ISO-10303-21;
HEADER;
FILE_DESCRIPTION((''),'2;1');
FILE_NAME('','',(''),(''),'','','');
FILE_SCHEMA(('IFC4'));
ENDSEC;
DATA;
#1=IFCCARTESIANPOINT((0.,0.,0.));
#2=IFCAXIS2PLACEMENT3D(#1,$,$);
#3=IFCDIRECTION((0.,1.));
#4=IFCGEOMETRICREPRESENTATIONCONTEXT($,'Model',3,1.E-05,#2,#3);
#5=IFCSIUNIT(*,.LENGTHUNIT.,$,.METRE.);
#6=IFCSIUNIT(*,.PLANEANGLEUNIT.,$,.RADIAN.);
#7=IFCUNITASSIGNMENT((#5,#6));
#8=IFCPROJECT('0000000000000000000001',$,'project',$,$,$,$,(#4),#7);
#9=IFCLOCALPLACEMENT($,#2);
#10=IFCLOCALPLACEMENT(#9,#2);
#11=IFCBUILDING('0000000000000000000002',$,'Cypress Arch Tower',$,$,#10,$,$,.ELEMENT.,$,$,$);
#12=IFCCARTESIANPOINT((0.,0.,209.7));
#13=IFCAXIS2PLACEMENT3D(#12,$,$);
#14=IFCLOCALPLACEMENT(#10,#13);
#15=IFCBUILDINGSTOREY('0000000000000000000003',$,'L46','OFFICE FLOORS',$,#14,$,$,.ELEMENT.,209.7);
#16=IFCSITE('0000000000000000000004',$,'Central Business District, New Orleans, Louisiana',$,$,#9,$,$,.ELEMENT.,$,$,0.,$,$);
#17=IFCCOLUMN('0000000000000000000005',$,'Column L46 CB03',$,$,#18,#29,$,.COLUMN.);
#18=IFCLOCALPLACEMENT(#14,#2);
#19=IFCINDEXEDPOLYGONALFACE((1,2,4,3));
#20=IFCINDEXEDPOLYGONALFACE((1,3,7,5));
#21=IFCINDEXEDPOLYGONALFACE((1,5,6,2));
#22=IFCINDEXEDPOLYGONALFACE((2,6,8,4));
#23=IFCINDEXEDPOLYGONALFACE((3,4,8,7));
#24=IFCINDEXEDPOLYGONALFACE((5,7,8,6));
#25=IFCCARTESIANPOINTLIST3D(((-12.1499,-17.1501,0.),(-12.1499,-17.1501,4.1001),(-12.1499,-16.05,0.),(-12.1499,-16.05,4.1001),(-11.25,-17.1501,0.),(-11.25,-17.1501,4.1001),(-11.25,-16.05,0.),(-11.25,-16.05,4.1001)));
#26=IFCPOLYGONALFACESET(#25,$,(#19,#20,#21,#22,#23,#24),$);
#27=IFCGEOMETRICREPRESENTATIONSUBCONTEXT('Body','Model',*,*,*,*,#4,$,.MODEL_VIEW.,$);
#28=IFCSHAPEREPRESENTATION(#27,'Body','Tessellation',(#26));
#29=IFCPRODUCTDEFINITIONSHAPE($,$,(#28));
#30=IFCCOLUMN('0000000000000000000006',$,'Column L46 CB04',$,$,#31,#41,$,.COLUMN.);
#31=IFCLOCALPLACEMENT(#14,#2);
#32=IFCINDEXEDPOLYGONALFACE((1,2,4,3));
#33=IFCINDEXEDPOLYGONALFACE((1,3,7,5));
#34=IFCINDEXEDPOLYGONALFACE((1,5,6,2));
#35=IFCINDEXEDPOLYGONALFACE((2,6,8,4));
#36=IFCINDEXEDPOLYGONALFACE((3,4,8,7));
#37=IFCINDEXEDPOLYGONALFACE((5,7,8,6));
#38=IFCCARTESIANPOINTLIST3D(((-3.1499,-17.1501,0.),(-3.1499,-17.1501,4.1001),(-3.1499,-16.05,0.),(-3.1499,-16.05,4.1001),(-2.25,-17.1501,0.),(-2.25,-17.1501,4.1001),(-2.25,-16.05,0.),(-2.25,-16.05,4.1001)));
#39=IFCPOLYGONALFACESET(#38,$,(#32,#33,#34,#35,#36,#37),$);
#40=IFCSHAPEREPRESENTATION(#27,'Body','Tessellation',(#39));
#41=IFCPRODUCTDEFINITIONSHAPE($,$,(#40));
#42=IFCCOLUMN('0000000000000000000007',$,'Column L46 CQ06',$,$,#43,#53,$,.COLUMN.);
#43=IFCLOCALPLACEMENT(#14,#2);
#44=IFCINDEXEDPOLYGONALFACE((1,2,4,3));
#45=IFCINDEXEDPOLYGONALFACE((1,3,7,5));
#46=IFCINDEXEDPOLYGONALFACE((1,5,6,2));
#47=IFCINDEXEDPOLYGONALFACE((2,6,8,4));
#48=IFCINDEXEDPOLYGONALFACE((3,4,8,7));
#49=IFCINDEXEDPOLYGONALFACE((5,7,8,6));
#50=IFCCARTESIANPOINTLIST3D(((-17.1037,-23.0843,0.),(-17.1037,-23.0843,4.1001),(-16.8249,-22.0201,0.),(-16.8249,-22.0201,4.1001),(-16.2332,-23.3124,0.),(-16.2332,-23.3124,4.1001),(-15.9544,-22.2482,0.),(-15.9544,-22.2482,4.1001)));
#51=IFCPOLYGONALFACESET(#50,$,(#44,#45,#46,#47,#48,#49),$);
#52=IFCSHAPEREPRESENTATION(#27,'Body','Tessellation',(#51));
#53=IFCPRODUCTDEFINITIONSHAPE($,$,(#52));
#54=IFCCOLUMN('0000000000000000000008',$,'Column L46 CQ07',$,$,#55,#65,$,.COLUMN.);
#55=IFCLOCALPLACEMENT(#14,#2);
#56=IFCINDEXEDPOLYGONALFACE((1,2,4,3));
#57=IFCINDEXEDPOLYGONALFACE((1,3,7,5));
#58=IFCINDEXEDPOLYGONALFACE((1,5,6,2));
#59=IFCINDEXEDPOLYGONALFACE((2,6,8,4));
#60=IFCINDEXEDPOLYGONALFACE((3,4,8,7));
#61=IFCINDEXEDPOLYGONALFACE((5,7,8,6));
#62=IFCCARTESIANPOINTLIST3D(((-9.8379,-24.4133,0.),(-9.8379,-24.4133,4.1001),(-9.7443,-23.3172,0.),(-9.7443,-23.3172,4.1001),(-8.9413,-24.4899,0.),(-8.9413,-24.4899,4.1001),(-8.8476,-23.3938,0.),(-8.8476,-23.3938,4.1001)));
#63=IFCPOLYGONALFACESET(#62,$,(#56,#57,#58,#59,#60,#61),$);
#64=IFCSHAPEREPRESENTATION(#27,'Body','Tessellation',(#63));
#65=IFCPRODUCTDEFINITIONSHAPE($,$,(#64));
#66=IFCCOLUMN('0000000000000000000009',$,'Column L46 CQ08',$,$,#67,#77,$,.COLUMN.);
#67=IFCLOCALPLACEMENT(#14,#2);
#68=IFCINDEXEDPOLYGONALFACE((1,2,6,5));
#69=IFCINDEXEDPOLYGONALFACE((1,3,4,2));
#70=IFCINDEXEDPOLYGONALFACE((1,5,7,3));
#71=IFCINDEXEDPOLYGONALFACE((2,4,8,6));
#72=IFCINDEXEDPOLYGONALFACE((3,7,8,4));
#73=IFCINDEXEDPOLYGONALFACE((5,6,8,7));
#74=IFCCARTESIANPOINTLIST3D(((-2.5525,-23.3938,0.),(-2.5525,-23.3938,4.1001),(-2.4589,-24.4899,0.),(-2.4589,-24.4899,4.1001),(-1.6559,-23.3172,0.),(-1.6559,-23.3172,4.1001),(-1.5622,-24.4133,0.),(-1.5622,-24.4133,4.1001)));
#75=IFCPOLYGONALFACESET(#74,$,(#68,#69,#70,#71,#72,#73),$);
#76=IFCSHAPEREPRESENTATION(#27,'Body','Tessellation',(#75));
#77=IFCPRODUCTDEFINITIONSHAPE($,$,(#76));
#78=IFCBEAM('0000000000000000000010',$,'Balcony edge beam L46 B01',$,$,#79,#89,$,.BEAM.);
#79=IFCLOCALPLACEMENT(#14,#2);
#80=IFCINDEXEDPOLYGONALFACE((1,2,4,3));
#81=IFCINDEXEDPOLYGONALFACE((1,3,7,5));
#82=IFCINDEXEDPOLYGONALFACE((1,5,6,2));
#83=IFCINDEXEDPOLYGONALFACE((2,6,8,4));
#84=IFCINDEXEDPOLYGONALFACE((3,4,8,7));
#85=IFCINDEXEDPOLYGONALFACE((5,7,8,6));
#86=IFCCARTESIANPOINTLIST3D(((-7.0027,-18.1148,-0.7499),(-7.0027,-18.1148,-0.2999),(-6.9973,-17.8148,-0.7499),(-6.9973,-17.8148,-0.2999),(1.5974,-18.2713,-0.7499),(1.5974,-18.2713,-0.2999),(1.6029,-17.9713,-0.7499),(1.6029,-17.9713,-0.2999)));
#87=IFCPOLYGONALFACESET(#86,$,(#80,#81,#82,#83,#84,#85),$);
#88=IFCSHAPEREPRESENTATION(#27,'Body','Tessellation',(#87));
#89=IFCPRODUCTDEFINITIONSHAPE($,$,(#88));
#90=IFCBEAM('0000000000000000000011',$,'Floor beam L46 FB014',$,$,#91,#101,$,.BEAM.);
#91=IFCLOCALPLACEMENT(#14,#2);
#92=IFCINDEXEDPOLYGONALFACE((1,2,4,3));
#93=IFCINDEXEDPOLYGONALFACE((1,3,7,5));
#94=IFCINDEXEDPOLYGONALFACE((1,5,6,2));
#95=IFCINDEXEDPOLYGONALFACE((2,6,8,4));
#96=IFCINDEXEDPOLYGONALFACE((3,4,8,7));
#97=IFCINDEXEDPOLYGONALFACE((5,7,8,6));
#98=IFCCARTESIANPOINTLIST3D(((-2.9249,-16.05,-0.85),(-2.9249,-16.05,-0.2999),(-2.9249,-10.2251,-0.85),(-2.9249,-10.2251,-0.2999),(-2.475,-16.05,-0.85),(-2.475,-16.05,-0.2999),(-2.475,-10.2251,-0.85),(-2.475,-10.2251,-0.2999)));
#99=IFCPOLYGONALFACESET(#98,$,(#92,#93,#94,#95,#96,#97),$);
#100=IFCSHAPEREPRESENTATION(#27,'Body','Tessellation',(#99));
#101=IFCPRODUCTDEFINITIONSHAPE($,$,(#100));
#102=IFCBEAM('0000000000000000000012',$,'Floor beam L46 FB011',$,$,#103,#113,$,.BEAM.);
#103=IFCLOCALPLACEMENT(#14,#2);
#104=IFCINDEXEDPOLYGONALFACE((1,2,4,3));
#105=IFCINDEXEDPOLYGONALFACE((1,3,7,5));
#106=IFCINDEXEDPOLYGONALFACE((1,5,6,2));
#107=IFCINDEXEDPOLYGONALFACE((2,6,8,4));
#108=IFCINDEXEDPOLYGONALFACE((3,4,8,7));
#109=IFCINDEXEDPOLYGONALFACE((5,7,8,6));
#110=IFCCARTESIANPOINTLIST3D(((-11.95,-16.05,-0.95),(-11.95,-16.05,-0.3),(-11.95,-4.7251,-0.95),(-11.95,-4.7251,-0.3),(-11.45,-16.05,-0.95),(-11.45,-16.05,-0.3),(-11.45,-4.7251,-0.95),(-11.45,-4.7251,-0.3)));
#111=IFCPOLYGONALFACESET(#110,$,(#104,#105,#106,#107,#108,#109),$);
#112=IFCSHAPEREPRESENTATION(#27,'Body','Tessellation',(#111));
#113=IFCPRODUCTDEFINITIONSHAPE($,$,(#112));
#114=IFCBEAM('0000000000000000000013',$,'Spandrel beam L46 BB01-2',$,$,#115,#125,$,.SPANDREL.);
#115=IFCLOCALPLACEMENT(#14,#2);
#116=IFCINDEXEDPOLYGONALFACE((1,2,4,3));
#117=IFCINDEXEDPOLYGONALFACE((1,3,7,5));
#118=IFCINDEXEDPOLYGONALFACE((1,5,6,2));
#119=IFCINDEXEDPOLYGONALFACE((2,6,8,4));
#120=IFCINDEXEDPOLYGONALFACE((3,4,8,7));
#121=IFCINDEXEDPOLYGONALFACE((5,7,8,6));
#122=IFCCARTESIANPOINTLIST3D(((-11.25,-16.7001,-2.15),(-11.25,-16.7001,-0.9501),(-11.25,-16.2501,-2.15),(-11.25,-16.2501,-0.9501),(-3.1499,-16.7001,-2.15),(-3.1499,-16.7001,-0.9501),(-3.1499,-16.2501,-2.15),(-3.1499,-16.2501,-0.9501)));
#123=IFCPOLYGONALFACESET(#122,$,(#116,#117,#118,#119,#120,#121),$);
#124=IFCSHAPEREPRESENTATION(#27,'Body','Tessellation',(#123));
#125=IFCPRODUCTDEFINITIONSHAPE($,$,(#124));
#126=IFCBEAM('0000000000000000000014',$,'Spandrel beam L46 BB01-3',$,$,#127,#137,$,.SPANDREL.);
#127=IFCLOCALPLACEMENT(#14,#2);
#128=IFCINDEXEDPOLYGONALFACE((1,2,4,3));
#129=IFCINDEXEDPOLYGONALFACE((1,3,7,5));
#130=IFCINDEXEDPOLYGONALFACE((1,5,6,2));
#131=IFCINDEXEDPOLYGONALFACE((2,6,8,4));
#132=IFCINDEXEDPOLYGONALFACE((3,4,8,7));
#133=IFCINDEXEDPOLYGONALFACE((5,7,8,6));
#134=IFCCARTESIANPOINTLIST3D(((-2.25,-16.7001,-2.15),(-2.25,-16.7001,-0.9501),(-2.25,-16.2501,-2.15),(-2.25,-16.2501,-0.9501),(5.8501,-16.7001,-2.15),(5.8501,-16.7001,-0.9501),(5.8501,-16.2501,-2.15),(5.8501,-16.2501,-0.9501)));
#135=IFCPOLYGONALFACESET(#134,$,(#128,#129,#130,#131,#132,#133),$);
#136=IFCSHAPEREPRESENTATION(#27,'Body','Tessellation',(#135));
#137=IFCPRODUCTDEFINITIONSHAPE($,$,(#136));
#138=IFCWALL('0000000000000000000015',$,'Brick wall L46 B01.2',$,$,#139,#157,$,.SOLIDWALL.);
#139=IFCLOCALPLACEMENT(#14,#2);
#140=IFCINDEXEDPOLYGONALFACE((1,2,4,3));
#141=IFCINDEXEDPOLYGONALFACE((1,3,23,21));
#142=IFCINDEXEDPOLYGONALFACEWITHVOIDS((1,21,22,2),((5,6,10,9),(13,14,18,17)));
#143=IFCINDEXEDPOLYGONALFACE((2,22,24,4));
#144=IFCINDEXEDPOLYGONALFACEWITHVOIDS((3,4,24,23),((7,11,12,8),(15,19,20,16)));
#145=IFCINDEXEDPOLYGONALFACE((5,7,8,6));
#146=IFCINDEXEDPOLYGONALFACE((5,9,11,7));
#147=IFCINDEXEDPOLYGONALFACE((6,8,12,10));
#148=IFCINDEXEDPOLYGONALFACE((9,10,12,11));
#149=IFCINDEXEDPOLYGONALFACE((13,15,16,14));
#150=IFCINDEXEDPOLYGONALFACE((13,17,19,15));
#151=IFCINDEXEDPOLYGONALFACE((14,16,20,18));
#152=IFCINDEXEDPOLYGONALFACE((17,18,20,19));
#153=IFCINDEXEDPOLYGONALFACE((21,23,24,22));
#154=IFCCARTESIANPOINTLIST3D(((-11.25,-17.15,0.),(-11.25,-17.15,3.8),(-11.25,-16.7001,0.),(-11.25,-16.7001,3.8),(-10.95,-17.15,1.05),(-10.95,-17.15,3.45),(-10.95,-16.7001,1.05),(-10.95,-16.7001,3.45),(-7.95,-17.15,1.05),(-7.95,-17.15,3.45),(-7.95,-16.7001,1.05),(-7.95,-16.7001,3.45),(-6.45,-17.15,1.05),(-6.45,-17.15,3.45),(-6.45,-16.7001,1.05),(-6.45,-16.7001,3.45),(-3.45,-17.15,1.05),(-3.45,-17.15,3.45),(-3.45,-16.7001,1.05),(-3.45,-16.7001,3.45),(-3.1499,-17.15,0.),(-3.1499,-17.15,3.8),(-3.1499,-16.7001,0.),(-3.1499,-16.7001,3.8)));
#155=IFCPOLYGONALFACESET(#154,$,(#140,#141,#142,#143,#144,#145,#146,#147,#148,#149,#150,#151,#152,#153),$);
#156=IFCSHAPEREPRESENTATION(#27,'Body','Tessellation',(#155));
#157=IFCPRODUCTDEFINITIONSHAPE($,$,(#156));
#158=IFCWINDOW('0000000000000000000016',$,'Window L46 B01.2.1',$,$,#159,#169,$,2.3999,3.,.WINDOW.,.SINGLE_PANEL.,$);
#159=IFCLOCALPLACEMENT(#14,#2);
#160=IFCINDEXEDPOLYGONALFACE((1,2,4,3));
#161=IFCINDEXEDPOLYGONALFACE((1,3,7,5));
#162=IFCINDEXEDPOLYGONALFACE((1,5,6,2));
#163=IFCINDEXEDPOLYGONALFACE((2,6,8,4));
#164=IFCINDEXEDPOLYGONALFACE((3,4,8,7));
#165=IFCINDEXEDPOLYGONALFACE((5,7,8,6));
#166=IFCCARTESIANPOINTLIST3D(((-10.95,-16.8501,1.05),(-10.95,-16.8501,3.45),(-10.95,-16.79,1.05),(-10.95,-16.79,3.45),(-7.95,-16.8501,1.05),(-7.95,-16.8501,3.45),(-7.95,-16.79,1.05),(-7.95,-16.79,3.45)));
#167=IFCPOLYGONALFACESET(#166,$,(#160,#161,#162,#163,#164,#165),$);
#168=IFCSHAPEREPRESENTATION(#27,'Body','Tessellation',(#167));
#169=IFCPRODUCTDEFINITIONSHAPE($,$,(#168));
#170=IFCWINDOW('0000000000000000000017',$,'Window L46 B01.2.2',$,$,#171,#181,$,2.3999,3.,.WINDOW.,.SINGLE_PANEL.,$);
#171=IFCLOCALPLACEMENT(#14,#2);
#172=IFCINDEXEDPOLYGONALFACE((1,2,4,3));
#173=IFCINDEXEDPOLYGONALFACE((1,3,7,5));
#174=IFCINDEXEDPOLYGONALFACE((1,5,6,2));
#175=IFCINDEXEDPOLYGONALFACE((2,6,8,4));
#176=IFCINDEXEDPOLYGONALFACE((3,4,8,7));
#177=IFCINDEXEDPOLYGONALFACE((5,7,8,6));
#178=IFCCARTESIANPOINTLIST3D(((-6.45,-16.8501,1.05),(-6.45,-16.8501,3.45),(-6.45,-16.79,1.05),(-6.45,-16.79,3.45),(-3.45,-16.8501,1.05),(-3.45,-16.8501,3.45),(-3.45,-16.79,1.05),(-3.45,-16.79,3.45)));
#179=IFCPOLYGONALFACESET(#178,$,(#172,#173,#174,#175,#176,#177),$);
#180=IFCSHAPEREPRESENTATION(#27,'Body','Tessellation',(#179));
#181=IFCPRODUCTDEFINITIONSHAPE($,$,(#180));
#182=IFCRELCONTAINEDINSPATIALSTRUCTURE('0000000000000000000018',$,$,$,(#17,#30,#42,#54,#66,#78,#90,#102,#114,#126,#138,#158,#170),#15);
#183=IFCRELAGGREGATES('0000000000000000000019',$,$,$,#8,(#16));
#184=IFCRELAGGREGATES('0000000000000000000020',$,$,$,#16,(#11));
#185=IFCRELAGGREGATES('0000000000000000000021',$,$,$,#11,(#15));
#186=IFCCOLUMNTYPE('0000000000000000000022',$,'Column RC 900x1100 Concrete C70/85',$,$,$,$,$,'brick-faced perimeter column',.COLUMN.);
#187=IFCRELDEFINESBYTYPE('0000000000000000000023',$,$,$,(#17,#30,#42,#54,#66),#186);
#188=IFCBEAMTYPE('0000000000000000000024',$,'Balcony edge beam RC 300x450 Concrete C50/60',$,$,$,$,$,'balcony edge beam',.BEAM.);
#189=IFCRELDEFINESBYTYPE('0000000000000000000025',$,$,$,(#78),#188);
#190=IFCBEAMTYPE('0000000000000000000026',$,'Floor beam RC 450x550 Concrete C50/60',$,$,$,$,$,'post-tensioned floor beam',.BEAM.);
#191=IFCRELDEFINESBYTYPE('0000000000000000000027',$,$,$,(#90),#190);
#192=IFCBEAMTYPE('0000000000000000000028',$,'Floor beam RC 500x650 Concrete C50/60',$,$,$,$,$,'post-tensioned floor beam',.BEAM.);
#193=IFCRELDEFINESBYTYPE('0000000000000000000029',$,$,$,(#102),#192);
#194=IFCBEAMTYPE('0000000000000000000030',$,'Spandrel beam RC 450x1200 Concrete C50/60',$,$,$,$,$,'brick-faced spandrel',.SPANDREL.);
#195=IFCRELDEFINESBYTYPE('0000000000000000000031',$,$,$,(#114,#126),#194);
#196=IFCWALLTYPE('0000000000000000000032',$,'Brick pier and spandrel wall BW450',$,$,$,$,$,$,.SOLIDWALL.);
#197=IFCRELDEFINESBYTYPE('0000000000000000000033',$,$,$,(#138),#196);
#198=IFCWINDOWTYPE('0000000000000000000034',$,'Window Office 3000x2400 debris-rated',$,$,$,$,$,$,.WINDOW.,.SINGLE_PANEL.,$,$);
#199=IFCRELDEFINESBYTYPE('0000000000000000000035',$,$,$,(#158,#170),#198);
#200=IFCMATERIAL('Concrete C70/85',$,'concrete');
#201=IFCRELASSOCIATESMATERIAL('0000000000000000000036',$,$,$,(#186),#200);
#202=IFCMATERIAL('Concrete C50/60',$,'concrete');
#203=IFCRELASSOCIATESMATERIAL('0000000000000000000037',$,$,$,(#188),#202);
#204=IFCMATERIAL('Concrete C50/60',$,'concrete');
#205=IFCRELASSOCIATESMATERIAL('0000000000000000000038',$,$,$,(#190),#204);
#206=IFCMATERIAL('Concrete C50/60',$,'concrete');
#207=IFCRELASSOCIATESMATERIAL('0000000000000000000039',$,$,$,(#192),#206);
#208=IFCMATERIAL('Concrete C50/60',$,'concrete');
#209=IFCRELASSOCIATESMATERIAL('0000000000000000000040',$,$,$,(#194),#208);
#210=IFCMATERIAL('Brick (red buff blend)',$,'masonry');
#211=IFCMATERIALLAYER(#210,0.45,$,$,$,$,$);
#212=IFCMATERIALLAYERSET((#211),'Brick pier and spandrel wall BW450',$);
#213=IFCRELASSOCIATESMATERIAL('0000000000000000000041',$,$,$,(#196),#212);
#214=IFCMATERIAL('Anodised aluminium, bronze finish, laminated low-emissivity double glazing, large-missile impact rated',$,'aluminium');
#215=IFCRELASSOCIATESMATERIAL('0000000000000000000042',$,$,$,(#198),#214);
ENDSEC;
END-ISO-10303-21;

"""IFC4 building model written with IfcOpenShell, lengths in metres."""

from ifc_helpers import new_model, si_unit, direction, frame, frame_2d, origin, origin_2d, place, context, subcontext, project, spatial, rectangle, extrude, material, layer, layer_set, material_profile, profile_set, type_object, element, fill, save


model = new_model("IFC4")

# Units and contexts
model_context = context("Model", 3, precision=1e-05, world=origin(), true_north=direction((0.0, 1.0)))
body_context = subcontext(model_context, "Body", "Model", "MODEL_VIEW")
ifc_project = project(units=[si_unit("LENGTHUNIT", "METRE"), si_unit("PLANEANGLEUNIT", "RADIAN")], contexts=[model_context])

# Site, building, storey
site_placement = place(None, origin())
site = spatial("IfcSite", under=ifc_project, at=site_placement, Name="Central Business District, New Orleans, Louisiana", CompositionType="ELEMENT", RefElevation=0.0)
building_placement = place(site_placement, origin())
building = spatial("IfcBuilding", under=site, at=building_placement, Name="Cypress Arch Tower", CompositionType="ELEMENT")
storey_placement = place(building_placement, frame((0.0, 0.0, 209.7)))
storey = spatial("IfcBuildingStorey", under=building, at=storey_placement, Name="L46", Description="OFFICE FLOORS", CompositionType="ELEMENT", Elevation=209.7)

# Columns
ifc_material_1 = material(Name="Concrete C70/85", Category="concrete")
ifc_material_profile_1 = material_profile(ifc_material_1, rectangle(XDim=0.8999, YDim=1.1001, at=origin_2d()), Name="RC 900x1100")
ifc_profile_set_1 = profile_set([ifc_material_profile_1], Name="Concrete C70/85")
column_type = type_object("IfcColumnType", Name="Column RC 900x1100 Concrete C70/85", ElementType="brick-faced perimeter column", PredefinedType="COLUMN", material=ifc_profile_set_1)
for number, where, z_axis, x_axis, name in (
    (1, (-11.7, -16.6001, 0.0), (0.0, 0.0, 1.0), (1.0, 0.0, 0.0), "Column L46 CB03"),
    (2, (-2.7, -16.6001, 0.0), (0.0, 0.0, 1.0), (1.0, 0.0, 0.0), "Column L46 CB04"),
    (3, (-16.5291, -22.6663, 0.0), (0.0, 0.0, 1.0), (0.967356, -0.253422, 0.0), "Column L46 CQ06"),
    (4, (-9.3428, -23.9036, 0.0), (0.0, 0.0, 1.0), (0.996368, -0.085149, 0.0), "Column L46 CQ07"),
    (5, (-2.0574, -23.9036, 0.0), (0.0, 0.0, 1.0), (0.996368, 0.085149, 0.0), "Column L46 CQ08"),
):
    element("IfcColumn", number, at=place(storey_placement, frame(where, z_axis=z_axis, x_axis=x_axis)), inside=storey, type_object=column_type, Name=name, PredefinedType="COLUMN", context=body_context, shape_type="SweptSolid", body=[
        extrude(rectangle(XDim=0.8999, YDim=1.1001, at=origin_2d()), origin(), (0.0, 0.0, 1.0), 4.1001),
    ])

# Beams
ifc_material_2 = material(Name="Concrete C50/60", Category="concrete")
ifc_material_profile_2 = material_profile(ifc_material_2, rectangle(XDim=0.3, YDim=0.45, at=origin_2d()), Name="RC 300x450")
ifc_profile_set_2 = profile_set([ifc_material_profile_2], Name="Concrete C50/60")
beam_type_1 = type_object("IfcBeamType", Name="Balcony edge beam RC 300x450 Concrete C50/60", ElementType="balcony edge beam", PredefinedType="BEAM", material=ifc_profile_set_2)
beam_1_placement = place(storey_placement, frame((-7.0, -17.9648, -0.5249), z_axis=(0.999834, -0.018194, 0.0), x_axis=(0.018194, 0.999834, 0.0)))
element("IfcBeam", 6, at=beam_1_placement, inside=storey, type_object=beam_type_1, Name="Balcony edge beam L46 B01", PredefinedType="BEAM", context=body_context, shape_type="SweptSolid", body=[
    extrude(rectangle(XDim=0.3, YDim=0.45, at=origin_2d()), origin(), (0.0, 0.0, 1.0), 8.6016),
])
ifc_material_3 = material(Name="Concrete C50/60", Category="concrete")
ifc_material_profile_3 = material_profile(ifc_material_3, rectangle(XDim=0.45, YDim=0.55, at=origin_2d()), Name="RC 450x550")
ifc_profile_set_3 = profile_set([ifc_material_profile_3], Name="Concrete C50/60")
beam_type_2 = type_object("IfcBeamType", Name="Floor beam RC 450x550 Concrete C50/60", ElementType="post-tensioned floor beam", PredefinedType="BEAM", material=ifc_profile_set_3)
beam_2_placement = place(storey_placement, frame((-2.7, -16.05, -0.575), z_axis=(0.0, 1.0, 0.0), x_axis=(-1.0, 0.0, 0.0)))
element("IfcBeam", 7, at=beam_2_placement, inside=storey, type_object=beam_type_2, Name="Floor beam L46 FB014", PredefinedType="BEAM", context=body_context, shape_type="SweptSolid", body=[
    extrude(rectangle(XDim=0.45, YDim=0.55, at=origin_2d()), origin(), (0.0, 0.0, 1.0), 5.825),
])
ifc_material_4 = material(Name="Concrete C50/60", Category="concrete")
ifc_material_profile_4 = material_profile(ifc_material_4, rectangle(XDim=0.5, YDim=0.6499, at=origin_2d()), Name="RC 500x650")
ifc_profile_set_4 = profile_set([ifc_material_profile_4], Name="Concrete C50/60")
beam_type_3 = type_object("IfcBeamType", Name="Floor beam RC 500x650 Concrete C50/60", ElementType="post-tensioned floor beam", PredefinedType="BEAM", material=ifc_profile_set_4)
beam_3_placement = place(storey_placement, frame((-11.7, -16.05, -0.625), z_axis=(0.0, 1.0, 0.0), x_axis=(-1.0, 0.0, 0.0)))
element("IfcBeam", 8, at=beam_3_placement, inside=storey, type_object=beam_type_3, Name="Floor beam L46 FB011", PredefinedType="BEAM", context=body_context, shape_type="SweptSolid", body=[
    extrude(rectangle(XDim=0.5, YDim=0.6499, at=origin_2d()), origin(), (0.0, 0.0, 1.0), 11.325),
])
ifc_material_5 = material(Name="Concrete C50/60", Category="concrete")
ifc_material_profile_5 = material_profile(ifc_material_5, rectangle(XDim=0.45, YDim=1.2, at=origin_2d()), Name="RC 450x1200")
ifc_profile_set_5 = profile_set([ifc_material_profile_5], Name="Concrete C50/60")
beam_type_4 = type_object("IfcBeamType", Name="Spandrel beam RC 450x1200 Concrete C50/60", ElementType="brick-faced spandrel", PredefinedType="SPANDREL", material=ifc_profile_set_5)
for number, where, z_axis, x_axis, name in (
    (9, (-11.25, -16.4751, -1.55), (1.0, 0.0, 0.0), (0.0, 1.0, 0.0), "Spandrel beam L46 BB01-2"),
    (10, (-2.25, -16.4751, -1.55), (1.0, 0.0, 0.0), (0.0, 1.0, 0.0), "Spandrel beam L46 BB01-3"),
):
    element("IfcBeam", number, at=place(storey_placement, frame(where, z_axis=z_axis, x_axis=x_axis)), inside=storey, type_object=beam_type_4, Name=name, PredefinedType="SPANDREL", context=body_context, shape_type="SweptSolid", body=[
        extrude(rectangle(XDim=0.45, YDim=1.2, at=origin_2d()), origin(), (0.0, 0.0, 1.0), 8.1001),
    ])

# Wall, openings, windows
ifc_material_6 = material(Name="Brick (red buff blend)", Category="masonry")
ifc_layer_1 = layer(ifc_material_6, 0.45)
ifc_layer_set_1 = layer_set([ifc_layer_1], Name="Brick pier and spandrel wall BW450")
wall_type_1 = type_object("IfcWallType", Name="Brick pier and spandrel wall BW450", PredefinedType="SOLIDWALL", material=ifc_layer_set_1)
wall_1_placement = place(storey_placement, frame((-11.25, -16.925, 0.0), z_axis=(0.0, 0.0, 1.0), x_axis=(1.0, 0.0, 0.0)))
wall_1 = element("IfcWall", 11, at=wall_1_placement, inside=storey, type_object=wall_type_1, Name="Brick wall L46 B01.2", PredefinedType="SOLIDWALL", context=body_context, shape_type="SweptSolid", body=[
    extrude(rectangle(XDim=8.1001, YDim=0.45, at=frame_2d((4.05, 0.0))), origin(), (0.0, 0.0, 1.0), 3.8),
])
opening_1_placement = place(wall_1_placement, frame((0.3, 0.0, 1.05)))
opening_1 = element("IfcOpeningElement", 12, at=opening_1_placement, cuts=wall_1, PredefinedType="OPENING", context=body_context, shape_type="SweptSolid", body=[
    extrude(rectangle(XDim=3.0, YDim=2.3999, at=frame_2d((1.5, 1.2))), frame((0.0, 0.2349, 0.0), z_axis=(0.0, -1.0, 0.0), x_axis=(1.0, 0.0, 0.0)), (0.0, 0.0, 1.0), 0.47),
])
opening_2_placement = place(wall_1_placement, frame((4.8, 0.0, 1.05)))
opening_2 = element("IfcOpeningElement", 13, at=opening_2_placement, cuts=wall_1, PredefinedType="OPENING", context=body_context, shape_type="SweptSolid", body=[
    extrude(rectangle(XDim=3.0, YDim=2.3999, at=frame_2d((1.5, 1.2))), frame((0.0, 0.2349, 0.0), z_axis=(0.0, -1.0, 0.0), x_axis=(1.0, 0.0, 0.0)), (0.0, 0.0, 1.0), 0.47),
])
ifc_material_7 = material(Name="Anodised aluminium, bronze finish, laminated low-emissivity double glazing, large-missile impact rated", Category="aluminium")
window_type_1 = type_object("IfcWindowType", Name="Window Office 3000x2400 debris-rated", PartitioningType="SINGLE_PANEL", PredefinedType="WINDOW", material=ifc_material_7)
window_1_placement = place(opening_1_placement, origin())
window_1 = element("IfcWindow", 14, at=window_1_placement, inside=storey, type_object=window_type_1, Name="Window L46 B01.2.1", OverallHeight=2.3999, OverallWidth=3.0, PartitioningType="SINGLE_PANEL", PredefinedType="WINDOW", context=body_context, shape_type="SweptSolid", body=[
    extrude(rectangle(XDim=3.0, YDim=2.3999, at=frame_2d((1.5, 1.2))), frame((0.0, 0.135, 0.0), z_axis=(0.0, -1.0, 0.0), x_axis=(1.0, 0.0, 0.0)), (0.0, 0.0, 1.0), 0.0601),
])
fill(opening_1, window_1)
window_2_placement = place(opening_2_placement, origin())
window_2 = element("IfcWindow", 15, at=window_2_placement, inside=storey, type_object=window_type_1, Name="Window L46 B01.2.2", OverallHeight=2.3999, OverallWidth=3.0, PartitioningType="SINGLE_PANEL", PredefinedType="WINDOW", context=body_context, shape_type="SweptSolid", body=[
    extrude(rectangle(XDim=3.0, YDim=2.3999, at=frame_2d((1.5, 1.2))), frame((0.0, 0.135, 0.0), z_axis=(0.0, -1.0, 0.0), x_axis=(1.0, 0.0, 0.0)), (0.0, 0.0, 1.0), 0.0601),
])
fill(opening_2, window_2)

save(model, "model.ifc")
